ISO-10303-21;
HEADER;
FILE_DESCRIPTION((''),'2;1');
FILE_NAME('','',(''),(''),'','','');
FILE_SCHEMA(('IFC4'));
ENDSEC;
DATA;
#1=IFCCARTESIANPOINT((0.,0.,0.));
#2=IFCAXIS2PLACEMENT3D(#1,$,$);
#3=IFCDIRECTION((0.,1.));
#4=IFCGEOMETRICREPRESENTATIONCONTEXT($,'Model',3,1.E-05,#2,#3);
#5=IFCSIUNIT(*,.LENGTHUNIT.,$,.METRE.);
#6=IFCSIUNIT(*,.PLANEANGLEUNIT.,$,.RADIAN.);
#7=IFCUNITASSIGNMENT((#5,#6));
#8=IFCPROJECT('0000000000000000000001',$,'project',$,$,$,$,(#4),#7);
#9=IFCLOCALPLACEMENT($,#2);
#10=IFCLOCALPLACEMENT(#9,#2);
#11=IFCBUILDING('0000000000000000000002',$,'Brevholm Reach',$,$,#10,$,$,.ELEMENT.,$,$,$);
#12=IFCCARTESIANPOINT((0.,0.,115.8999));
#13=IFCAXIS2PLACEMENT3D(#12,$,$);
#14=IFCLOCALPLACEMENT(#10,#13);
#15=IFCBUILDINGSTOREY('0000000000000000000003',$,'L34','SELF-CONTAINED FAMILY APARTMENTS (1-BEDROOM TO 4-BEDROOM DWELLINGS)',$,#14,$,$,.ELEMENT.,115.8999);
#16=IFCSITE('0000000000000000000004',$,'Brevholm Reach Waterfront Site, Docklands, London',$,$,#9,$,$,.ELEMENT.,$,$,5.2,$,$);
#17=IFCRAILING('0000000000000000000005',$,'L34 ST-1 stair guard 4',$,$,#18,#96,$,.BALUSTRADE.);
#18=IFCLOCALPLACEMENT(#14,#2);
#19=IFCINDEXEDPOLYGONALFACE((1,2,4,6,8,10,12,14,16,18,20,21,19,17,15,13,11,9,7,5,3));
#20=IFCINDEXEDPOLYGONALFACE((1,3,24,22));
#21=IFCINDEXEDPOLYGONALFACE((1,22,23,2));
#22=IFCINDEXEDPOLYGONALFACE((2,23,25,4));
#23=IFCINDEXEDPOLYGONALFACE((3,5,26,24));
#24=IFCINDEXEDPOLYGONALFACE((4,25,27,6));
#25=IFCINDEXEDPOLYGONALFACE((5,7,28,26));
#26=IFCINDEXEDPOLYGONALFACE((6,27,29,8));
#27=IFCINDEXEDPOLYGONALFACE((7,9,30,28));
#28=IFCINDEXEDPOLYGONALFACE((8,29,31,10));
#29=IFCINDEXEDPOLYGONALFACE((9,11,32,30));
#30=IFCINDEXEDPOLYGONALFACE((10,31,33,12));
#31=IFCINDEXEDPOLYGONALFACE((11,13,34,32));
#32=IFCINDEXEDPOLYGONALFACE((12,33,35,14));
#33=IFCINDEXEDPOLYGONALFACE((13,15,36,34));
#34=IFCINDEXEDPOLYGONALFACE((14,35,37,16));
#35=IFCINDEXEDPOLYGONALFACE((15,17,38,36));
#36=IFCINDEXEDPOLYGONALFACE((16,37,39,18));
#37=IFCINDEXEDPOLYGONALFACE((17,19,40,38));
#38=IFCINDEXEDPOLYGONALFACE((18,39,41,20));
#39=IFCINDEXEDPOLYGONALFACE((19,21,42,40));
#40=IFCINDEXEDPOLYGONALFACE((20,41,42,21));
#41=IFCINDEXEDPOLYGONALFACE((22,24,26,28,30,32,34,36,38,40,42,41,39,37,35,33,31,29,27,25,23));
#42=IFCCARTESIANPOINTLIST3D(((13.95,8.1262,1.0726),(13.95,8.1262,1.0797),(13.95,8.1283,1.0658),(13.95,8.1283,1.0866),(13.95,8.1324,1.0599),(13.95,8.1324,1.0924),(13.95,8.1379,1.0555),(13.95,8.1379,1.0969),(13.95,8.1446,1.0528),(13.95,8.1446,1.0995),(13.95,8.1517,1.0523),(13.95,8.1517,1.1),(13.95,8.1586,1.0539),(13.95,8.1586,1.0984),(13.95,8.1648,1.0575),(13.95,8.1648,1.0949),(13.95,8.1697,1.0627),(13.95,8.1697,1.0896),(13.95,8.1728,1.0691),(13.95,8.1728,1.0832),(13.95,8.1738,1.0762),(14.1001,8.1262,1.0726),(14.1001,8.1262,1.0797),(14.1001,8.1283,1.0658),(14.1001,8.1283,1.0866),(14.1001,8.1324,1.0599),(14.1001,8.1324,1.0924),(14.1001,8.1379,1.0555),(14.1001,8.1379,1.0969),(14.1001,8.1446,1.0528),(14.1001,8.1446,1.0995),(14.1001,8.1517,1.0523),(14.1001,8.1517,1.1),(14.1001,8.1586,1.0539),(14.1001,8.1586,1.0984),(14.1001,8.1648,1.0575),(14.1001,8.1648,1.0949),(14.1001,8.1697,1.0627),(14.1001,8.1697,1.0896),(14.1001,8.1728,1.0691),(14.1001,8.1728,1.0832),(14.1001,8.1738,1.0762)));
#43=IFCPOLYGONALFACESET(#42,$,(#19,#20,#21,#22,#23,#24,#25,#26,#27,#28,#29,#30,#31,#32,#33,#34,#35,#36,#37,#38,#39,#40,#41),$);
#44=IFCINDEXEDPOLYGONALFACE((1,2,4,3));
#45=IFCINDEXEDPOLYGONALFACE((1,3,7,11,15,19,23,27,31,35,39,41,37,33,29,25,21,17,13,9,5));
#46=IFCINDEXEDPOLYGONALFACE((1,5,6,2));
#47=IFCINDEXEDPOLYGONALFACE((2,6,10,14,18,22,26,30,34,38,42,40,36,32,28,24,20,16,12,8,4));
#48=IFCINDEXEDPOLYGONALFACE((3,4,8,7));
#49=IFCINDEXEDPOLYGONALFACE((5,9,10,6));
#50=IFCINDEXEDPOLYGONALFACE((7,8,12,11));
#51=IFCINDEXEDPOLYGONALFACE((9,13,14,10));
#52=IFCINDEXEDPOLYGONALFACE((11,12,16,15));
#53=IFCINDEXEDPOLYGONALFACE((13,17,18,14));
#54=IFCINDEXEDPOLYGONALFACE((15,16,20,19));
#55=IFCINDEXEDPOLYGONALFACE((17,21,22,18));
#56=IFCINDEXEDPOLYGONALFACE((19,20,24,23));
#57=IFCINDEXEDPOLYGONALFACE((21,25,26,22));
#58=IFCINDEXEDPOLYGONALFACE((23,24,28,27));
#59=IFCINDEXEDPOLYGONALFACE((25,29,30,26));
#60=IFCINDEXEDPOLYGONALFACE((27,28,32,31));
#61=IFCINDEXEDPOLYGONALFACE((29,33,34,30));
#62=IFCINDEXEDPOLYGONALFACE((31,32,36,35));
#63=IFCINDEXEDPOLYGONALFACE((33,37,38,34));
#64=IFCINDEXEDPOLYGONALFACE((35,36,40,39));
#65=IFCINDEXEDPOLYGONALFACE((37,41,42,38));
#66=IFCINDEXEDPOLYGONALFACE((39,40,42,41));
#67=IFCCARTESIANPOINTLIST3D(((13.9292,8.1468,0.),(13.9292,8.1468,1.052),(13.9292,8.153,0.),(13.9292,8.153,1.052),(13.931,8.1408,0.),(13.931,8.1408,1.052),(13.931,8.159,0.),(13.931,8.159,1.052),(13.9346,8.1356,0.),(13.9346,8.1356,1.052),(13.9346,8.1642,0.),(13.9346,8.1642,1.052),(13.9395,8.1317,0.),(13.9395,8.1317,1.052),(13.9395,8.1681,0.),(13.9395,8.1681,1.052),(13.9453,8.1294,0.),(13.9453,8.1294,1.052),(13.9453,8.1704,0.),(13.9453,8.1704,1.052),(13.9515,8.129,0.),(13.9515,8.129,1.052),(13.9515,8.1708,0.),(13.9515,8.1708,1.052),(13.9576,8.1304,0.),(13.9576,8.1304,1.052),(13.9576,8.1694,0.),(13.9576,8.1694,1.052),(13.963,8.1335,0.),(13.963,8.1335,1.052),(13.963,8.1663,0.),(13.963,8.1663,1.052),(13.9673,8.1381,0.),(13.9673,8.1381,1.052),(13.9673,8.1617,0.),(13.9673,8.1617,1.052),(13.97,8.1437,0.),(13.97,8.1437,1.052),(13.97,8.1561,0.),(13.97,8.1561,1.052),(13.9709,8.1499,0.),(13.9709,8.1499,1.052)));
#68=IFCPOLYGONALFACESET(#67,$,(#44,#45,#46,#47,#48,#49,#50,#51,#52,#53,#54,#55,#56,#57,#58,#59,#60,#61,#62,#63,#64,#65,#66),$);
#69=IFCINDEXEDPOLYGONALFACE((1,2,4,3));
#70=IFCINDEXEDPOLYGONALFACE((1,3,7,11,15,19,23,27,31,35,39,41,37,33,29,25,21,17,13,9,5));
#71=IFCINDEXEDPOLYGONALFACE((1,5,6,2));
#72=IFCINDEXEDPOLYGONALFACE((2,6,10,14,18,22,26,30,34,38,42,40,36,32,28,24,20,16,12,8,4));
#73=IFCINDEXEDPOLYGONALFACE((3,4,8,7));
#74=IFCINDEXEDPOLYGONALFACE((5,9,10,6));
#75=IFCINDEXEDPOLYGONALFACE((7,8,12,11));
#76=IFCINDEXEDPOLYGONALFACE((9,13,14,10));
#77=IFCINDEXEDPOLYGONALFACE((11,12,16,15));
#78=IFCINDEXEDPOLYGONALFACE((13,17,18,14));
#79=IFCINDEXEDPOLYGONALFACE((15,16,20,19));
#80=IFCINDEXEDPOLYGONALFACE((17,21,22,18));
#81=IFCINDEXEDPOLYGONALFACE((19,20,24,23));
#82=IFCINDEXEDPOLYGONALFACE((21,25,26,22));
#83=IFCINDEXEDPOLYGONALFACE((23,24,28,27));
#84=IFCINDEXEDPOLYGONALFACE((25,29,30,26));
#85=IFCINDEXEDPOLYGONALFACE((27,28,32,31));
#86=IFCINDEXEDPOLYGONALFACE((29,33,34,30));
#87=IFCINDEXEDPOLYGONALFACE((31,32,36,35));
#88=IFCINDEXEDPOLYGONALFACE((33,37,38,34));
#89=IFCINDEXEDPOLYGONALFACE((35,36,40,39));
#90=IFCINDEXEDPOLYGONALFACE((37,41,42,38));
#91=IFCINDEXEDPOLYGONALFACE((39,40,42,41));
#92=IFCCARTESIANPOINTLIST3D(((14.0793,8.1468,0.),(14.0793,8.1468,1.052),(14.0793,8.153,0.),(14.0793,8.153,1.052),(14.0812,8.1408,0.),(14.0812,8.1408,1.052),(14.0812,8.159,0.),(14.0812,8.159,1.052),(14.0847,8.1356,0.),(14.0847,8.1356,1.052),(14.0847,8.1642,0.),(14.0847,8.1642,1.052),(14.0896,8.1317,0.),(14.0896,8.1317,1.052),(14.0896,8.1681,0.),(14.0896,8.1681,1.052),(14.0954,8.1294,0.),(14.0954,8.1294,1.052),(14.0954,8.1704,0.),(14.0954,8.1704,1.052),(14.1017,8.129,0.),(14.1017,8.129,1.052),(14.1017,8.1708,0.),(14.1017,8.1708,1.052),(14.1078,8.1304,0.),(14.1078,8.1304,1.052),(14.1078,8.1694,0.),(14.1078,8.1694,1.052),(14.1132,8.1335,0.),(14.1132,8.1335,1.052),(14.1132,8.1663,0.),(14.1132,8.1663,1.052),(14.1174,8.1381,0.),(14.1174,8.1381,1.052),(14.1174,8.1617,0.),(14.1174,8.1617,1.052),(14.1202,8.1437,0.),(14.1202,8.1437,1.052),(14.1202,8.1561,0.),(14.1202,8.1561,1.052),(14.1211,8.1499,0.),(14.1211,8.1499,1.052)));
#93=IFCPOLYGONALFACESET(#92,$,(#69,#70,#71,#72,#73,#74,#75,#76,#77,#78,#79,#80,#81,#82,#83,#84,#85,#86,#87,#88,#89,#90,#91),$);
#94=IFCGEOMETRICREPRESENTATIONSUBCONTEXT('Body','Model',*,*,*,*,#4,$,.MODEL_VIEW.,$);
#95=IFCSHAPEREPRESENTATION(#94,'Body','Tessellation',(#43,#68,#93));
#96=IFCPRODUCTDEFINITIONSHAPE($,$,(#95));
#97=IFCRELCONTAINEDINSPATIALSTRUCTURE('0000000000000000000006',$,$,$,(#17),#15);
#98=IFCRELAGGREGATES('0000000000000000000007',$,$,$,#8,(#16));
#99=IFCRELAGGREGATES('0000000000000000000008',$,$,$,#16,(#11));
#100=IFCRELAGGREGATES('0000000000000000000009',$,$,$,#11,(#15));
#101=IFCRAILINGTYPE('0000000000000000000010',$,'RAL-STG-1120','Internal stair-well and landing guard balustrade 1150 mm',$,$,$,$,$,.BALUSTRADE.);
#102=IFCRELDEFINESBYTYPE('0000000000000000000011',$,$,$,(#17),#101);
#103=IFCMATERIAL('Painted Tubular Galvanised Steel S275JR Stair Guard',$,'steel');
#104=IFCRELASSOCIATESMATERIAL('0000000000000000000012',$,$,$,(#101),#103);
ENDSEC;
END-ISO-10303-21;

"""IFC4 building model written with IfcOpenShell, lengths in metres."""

from ifc_helpers import new_model, si_unit, direction, frame, origin, origin_2d, place, context, subcontext, project, spatial, circle, extrude, material, type_object, element, save


model = new_model("IFC4")

# Units and contexts
model_context = context("Model", 3, precision=1e-05, world=origin(), true_north=direction((0.0, 1.0)))
body_context = subcontext(model_context, "Body", "Model", "MODEL_VIEW")
ifc_project = project(units=[si_unit("LENGTHUNIT", "METRE"), si_unit("PLANEANGLEUNIT", "RADIAN")], contexts=[model_context])

# Site, building, storey
site_placement = place(None, origin())
site = spatial("IfcSite", under=ifc_project, at=site_placement, Name="Brevholm Reach Waterfront Site, Docklands, London", CompositionType="ELEMENT", RefElevation=5.2)
building_placement = place(site_placement, origin())
building = spatial("IfcBuilding", under=site, at=building_placement, Name="Brevholm Reach", CompositionType="ELEMENT")
storey_placement = place(building_placement, frame((0.0, 0.0, 115.8999)))
storey = spatial("IfcBuildingStorey", under=building, at=storey_placement, Name="L34", Description="SELF-CONTAINED FAMILY APARTMENTS (1-BEDROOM TO 4-BEDROOM DWELLINGS)", CompositionType="ELEMENT", Elevation=115.8999)

# Railing
ifc_material_1 = material(Name="Painted Tubular Galvanised Steel S275JR Stair Guard", Category="steel")
railing_type_1 = type_object("IfcRailingType", Name="RAL-STG-1120", Description="Internal stair-well and landing guard balustrade 1150 mm", PredefinedType="BALUSTRADE", material=ifc_material_1)
railing_1_placement = place(storey_placement, frame((13.95, 8.1499, 0.0)))
element("IfcRailing", 1, at=railing_1_placement, inside=storey, type_object=railing_type_1, Name="L34 ST-1 stair guard 4", PredefinedType="BALUSTRADE", context=body_context, shape_type="SweptSolid", body=[
    extrude(circle(Radius=0.0239, at=origin_2d()), frame((0.0, 0.0, 1.0762), z_axis=(1.0, 0.0, 0.0), x_axis=(0.0, 1.0, 0.0)), (0.0, 0.0, 1.0), 0.1501),
    extrude(circle(Radius=0.021, at=origin_2d()), origin(), (0.0, 0.0, 1.0), 1.052),
    extrude(circle(Radius=0.021, at=origin_2d()), frame((0.1501, 0.0, 0.0)), (0.0, 0.0, 1.0), 1.052),
])

save(model, "model.ifc")
